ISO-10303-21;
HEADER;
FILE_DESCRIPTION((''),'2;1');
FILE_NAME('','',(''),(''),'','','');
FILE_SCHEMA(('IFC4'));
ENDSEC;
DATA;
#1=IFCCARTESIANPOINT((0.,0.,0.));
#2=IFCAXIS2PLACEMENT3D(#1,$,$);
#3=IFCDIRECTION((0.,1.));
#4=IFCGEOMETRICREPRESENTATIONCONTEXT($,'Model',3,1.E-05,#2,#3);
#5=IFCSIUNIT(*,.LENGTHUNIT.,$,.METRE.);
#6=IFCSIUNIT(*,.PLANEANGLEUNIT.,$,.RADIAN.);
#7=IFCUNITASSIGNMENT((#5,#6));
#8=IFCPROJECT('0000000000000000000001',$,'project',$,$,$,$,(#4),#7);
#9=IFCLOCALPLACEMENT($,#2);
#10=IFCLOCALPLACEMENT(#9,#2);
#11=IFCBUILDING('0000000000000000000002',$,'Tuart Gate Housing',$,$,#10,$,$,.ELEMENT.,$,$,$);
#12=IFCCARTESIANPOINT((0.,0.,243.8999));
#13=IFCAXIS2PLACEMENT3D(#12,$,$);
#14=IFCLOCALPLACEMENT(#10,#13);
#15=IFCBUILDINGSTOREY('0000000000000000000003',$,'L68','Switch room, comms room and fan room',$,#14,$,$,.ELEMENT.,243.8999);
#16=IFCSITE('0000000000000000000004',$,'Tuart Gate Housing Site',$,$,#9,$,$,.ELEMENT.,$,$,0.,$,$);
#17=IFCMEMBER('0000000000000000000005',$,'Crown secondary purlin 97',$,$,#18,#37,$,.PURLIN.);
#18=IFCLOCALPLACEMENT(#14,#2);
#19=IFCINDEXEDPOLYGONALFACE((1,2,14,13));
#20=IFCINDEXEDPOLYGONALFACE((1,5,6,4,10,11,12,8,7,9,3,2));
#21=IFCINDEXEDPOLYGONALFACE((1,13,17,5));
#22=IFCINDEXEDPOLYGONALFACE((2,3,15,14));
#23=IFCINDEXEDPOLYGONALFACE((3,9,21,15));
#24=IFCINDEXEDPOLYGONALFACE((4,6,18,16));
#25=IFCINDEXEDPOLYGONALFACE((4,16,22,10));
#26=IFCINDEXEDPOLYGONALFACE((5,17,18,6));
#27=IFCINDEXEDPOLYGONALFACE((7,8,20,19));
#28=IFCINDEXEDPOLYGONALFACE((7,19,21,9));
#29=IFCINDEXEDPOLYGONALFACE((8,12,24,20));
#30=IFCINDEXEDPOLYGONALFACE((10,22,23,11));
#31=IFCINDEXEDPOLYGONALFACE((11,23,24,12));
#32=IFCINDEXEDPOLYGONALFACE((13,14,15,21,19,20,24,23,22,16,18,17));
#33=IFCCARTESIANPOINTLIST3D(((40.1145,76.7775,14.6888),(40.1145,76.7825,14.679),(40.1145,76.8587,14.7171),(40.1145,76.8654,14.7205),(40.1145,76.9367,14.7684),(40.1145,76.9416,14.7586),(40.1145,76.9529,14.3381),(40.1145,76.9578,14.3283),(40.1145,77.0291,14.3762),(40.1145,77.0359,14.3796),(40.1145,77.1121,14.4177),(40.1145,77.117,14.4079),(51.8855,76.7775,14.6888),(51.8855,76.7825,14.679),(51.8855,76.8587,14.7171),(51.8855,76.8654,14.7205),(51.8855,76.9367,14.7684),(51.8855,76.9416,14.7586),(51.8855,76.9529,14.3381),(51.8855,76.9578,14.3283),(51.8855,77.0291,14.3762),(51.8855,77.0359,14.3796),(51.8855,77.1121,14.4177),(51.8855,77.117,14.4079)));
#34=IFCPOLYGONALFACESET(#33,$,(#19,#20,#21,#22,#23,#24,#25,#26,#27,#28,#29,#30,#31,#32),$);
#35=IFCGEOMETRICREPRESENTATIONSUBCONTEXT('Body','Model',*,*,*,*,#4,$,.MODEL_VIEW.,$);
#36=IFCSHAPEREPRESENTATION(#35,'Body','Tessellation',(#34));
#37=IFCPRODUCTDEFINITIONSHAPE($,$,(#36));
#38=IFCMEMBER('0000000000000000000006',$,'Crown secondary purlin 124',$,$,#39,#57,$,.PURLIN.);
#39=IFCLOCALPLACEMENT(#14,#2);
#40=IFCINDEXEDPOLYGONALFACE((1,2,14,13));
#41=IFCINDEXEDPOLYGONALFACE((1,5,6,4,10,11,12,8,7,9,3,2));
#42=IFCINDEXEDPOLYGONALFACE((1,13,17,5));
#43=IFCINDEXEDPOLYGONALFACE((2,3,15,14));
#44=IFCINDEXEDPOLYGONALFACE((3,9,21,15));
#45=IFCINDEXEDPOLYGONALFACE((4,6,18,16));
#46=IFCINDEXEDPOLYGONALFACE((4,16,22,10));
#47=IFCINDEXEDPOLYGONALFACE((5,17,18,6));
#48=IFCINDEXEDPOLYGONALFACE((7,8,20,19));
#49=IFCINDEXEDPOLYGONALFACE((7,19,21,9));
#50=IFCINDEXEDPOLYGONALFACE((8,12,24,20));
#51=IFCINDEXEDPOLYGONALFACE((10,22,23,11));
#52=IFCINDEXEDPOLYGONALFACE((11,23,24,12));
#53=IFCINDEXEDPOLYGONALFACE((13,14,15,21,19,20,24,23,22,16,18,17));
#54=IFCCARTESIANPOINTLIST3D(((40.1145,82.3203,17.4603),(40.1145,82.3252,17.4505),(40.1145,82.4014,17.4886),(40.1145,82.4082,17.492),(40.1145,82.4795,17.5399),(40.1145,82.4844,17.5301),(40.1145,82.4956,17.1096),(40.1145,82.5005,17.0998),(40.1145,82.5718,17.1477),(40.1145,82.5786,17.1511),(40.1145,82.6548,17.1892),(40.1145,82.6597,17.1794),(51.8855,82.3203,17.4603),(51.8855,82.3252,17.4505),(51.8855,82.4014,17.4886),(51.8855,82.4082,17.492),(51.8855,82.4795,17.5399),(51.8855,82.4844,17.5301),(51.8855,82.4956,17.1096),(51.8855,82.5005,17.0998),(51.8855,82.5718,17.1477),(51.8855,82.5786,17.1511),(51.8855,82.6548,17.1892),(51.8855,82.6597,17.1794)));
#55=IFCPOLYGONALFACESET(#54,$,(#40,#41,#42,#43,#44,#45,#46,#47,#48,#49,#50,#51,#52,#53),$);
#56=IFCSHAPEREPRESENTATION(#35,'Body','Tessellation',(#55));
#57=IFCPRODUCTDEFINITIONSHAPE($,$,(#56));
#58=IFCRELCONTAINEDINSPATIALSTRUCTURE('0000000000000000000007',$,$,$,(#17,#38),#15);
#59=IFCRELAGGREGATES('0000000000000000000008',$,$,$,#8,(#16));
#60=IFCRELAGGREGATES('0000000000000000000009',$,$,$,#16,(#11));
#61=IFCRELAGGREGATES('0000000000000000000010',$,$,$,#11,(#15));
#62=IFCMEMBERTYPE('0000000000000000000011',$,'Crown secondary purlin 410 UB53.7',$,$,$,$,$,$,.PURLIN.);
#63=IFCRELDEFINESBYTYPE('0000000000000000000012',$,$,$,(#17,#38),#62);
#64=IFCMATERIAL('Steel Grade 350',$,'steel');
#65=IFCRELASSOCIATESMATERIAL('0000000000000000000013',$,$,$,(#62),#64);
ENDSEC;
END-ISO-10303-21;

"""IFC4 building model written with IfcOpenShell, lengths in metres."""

from ifc_helpers import new_model, si_unit, direction, frame, origin, origin_2d, place, context, subcontext, project, spatial, i_section, extrude, material, material_profile, profile_set, type_object, element, save


model = new_model("IFC4")

# Units and contexts
model_context = context("Model", 3, precision=1e-05, world=origin(), true_north=direction((0.0, 1.0)))
body_context = subcontext(model_context, "Body", "Model", "MODEL_VIEW")
ifc_project = project(units=[si_unit("LENGTHUNIT", "METRE"), si_unit("PLANEANGLEUNIT", "RADIAN")], contexts=[model_context])

# Site, building, storey
site_placement = place(None, origin())
site = spatial("IfcSite", under=ifc_project, at=site_placement, Name="Tuart Gate Housing Site", CompositionType="ELEMENT", RefElevation=0.0)
building_placement = place(site_placement, origin())
building = spatial("IfcBuilding", under=site, at=building_placement, Name="Tuart Gate Housing", CompositionType="ELEMENT")
storey_placement = place(building_placement, frame((0.0, 0.0, 243.8999)))
storey = spatial("IfcBuildingStorey", under=building, at=storey_placement, Name="L68", Description="Switch room, comms room and fan room", CompositionType="ELEMENT", Elevation=243.8999)

# Members
ifc_material_1 = material(Name="Steel Grade 350", Category="steel")
ifc_material_profile_1 = material_profile(ifc_material_1, i_section(OverallWidth=0.178, OverallDepth=0.4031, WebThickness=0.0076, FlangeThickness=0.011, at=origin_2d()), Name="410UB53.7")
ifc_profile_set_1 = profile_set([ifc_material_profile_1], Name="Steel Grade 350")
member_type_1 = type_object("IfcMemberType", Name="Crown secondary purlin 410 UB53.7", PredefinedType="PURLIN", material=ifc_profile_set_1)
for number, where, z_axis, x_axis, name in (
    (1, (40.1145, 76.9473, 14.5483), (1.0, 0.0, 0.0), (0.0, 0.894427, 0.447214), "Crown secondary purlin 97"),
    (2, (40.1145, 82.49, 17.3198), (1.0, 0.0, 0.0), (0.0, 0.894427, 0.447214), "Crown secondary purlin 124"),
):
    element("IfcMember", number, at=place(storey_placement, frame(where, z_axis=z_axis, x_axis=x_axis)), inside=storey, type_object=member_type_1, Name=name, PredefinedType="PURLIN", context=body_context, shape_type="SweptSolid", body=[
        extrude(i_section(OverallWidth=0.178, OverallDepth=0.4031, WebThickness=0.0076, FlangeThickness=0.011, at=origin_2d()), origin(), (0.0, 0.0, 1.0), 11.771),
    ])

save(model, "model.ifc")
